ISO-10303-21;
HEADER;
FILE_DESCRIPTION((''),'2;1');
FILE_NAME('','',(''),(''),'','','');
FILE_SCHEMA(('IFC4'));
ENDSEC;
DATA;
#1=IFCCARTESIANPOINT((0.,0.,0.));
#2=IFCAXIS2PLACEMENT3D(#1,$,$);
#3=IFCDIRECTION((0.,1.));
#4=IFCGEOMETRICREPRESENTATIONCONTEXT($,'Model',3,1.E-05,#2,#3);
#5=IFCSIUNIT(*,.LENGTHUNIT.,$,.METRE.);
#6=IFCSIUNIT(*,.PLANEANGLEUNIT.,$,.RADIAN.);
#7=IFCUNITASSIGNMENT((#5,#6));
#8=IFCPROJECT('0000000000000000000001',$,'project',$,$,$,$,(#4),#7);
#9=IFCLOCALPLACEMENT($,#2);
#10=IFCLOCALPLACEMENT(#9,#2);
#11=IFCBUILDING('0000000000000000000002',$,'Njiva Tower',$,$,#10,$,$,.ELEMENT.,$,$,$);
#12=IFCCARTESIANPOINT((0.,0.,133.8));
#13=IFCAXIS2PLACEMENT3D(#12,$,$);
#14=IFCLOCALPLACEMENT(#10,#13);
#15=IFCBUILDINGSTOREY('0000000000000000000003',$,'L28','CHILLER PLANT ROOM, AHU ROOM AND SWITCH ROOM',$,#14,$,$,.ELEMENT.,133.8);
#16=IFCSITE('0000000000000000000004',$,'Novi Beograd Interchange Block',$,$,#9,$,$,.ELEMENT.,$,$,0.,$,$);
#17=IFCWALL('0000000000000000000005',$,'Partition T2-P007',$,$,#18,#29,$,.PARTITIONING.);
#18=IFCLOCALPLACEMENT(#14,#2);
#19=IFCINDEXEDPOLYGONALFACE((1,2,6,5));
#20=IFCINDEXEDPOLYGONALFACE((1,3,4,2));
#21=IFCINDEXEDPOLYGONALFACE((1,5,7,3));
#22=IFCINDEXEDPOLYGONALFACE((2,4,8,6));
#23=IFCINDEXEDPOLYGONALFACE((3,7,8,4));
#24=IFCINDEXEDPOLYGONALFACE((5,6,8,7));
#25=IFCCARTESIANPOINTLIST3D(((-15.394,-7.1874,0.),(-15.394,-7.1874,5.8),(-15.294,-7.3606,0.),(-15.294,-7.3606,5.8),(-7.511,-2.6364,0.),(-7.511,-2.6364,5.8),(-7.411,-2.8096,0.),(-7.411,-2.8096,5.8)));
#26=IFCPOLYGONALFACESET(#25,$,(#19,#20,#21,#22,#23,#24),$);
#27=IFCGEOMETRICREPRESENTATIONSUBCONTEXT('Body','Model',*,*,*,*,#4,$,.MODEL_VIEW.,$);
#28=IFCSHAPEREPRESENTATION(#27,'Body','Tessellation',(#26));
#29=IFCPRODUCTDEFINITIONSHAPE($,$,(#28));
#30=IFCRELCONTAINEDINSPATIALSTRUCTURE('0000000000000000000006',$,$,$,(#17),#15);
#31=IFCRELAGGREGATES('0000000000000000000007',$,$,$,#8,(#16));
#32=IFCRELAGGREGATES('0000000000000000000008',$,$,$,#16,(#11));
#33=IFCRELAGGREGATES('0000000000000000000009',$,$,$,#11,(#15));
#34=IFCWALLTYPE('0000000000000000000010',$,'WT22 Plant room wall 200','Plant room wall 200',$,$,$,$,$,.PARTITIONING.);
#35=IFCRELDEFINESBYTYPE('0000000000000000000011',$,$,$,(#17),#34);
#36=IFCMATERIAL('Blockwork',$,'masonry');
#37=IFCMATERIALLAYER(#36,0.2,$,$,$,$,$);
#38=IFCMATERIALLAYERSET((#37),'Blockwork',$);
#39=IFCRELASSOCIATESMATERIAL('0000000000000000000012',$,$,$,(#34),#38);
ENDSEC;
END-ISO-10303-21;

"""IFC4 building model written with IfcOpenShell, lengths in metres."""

from ifc_helpers import new_model, si_unit, direction, frame, frame_2d, origin, place, context, subcontext, project, spatial, rectangle, extrude, material, layer, layer_set, type_object, element, save


model = new_model("IFC4")

# Units and contexts
model_context = context("Model", 3, precision=1e-05, world=origin(), true_north=direction((0.0, 1.0)))
body_context = subcontext(model_context, "Body", "Model", "MODEL_VIEW")
ifc_project = project(units=[si_unit("LENGTHUNIT", "METRE"), si_unit("PLANEANGLEUNIT", "RADIAN")], contexts=[model_context])

# Site, building, storey
site_placement = place(None, origin())
site = spatial("IfcSite", under=ifc_project, at=site_placement, Name="Novi Beograd Interchange Block", CompositionType="ELEMENT", RefElevation=0.0)
building_placement = place(site_placement, origin())
building = spatial("IfcBuilding", under=site, at=building_placement, Name="Njiva Tower", CompositionType="ELEMENT")
storey_placement = place(building_placement, frame((0.0, 0.0, 133.8)))
storey = spatial("IfcBuildingStorey", under=building, at=storey_placement, Name="L28", Description="CHILLER PLANT ROOM, AHU ROOM AND SWITCH ROOM", CompositionType="ELEMENT", Elevation=133.8)

# Wall
ifc_material_1 = material(Name="Blockwork", Category="masonry")
ifc_layer = layer(ifc_material_1, 0.2)
ifc_layer_set = layer_set([ifc_layer], Name="Blockwork")
wall_type = type_object("IfcWallType", Name="WT22 Plant room wall 200", Description="Plant room wall 200", PredefinedType="PARTITIONING", material=ifc_layer_set)
wall_placement = place(storey_placement, frame((-15.344, -7.274, 0.0), z_axis=(0.0, 0.0, 1.0), x_axis=(0.866037, 0.499979, 0.0)))
element("IfcWall", 1, at=wall_placement, inside=storey, type_object=wall_type, Name="Partition T2-P007", PredefinedType="PARTITIONING", context=body_context, shape_type="SweptSolid", body=[
    extrude(rectangle(XDim=9.1024, YDim=0.2, at=frame_2d((4.5512, 0.0))), origin(), (0.0, 0.0, 1.0), 5.8),
])

save(model, "model.ifc")
